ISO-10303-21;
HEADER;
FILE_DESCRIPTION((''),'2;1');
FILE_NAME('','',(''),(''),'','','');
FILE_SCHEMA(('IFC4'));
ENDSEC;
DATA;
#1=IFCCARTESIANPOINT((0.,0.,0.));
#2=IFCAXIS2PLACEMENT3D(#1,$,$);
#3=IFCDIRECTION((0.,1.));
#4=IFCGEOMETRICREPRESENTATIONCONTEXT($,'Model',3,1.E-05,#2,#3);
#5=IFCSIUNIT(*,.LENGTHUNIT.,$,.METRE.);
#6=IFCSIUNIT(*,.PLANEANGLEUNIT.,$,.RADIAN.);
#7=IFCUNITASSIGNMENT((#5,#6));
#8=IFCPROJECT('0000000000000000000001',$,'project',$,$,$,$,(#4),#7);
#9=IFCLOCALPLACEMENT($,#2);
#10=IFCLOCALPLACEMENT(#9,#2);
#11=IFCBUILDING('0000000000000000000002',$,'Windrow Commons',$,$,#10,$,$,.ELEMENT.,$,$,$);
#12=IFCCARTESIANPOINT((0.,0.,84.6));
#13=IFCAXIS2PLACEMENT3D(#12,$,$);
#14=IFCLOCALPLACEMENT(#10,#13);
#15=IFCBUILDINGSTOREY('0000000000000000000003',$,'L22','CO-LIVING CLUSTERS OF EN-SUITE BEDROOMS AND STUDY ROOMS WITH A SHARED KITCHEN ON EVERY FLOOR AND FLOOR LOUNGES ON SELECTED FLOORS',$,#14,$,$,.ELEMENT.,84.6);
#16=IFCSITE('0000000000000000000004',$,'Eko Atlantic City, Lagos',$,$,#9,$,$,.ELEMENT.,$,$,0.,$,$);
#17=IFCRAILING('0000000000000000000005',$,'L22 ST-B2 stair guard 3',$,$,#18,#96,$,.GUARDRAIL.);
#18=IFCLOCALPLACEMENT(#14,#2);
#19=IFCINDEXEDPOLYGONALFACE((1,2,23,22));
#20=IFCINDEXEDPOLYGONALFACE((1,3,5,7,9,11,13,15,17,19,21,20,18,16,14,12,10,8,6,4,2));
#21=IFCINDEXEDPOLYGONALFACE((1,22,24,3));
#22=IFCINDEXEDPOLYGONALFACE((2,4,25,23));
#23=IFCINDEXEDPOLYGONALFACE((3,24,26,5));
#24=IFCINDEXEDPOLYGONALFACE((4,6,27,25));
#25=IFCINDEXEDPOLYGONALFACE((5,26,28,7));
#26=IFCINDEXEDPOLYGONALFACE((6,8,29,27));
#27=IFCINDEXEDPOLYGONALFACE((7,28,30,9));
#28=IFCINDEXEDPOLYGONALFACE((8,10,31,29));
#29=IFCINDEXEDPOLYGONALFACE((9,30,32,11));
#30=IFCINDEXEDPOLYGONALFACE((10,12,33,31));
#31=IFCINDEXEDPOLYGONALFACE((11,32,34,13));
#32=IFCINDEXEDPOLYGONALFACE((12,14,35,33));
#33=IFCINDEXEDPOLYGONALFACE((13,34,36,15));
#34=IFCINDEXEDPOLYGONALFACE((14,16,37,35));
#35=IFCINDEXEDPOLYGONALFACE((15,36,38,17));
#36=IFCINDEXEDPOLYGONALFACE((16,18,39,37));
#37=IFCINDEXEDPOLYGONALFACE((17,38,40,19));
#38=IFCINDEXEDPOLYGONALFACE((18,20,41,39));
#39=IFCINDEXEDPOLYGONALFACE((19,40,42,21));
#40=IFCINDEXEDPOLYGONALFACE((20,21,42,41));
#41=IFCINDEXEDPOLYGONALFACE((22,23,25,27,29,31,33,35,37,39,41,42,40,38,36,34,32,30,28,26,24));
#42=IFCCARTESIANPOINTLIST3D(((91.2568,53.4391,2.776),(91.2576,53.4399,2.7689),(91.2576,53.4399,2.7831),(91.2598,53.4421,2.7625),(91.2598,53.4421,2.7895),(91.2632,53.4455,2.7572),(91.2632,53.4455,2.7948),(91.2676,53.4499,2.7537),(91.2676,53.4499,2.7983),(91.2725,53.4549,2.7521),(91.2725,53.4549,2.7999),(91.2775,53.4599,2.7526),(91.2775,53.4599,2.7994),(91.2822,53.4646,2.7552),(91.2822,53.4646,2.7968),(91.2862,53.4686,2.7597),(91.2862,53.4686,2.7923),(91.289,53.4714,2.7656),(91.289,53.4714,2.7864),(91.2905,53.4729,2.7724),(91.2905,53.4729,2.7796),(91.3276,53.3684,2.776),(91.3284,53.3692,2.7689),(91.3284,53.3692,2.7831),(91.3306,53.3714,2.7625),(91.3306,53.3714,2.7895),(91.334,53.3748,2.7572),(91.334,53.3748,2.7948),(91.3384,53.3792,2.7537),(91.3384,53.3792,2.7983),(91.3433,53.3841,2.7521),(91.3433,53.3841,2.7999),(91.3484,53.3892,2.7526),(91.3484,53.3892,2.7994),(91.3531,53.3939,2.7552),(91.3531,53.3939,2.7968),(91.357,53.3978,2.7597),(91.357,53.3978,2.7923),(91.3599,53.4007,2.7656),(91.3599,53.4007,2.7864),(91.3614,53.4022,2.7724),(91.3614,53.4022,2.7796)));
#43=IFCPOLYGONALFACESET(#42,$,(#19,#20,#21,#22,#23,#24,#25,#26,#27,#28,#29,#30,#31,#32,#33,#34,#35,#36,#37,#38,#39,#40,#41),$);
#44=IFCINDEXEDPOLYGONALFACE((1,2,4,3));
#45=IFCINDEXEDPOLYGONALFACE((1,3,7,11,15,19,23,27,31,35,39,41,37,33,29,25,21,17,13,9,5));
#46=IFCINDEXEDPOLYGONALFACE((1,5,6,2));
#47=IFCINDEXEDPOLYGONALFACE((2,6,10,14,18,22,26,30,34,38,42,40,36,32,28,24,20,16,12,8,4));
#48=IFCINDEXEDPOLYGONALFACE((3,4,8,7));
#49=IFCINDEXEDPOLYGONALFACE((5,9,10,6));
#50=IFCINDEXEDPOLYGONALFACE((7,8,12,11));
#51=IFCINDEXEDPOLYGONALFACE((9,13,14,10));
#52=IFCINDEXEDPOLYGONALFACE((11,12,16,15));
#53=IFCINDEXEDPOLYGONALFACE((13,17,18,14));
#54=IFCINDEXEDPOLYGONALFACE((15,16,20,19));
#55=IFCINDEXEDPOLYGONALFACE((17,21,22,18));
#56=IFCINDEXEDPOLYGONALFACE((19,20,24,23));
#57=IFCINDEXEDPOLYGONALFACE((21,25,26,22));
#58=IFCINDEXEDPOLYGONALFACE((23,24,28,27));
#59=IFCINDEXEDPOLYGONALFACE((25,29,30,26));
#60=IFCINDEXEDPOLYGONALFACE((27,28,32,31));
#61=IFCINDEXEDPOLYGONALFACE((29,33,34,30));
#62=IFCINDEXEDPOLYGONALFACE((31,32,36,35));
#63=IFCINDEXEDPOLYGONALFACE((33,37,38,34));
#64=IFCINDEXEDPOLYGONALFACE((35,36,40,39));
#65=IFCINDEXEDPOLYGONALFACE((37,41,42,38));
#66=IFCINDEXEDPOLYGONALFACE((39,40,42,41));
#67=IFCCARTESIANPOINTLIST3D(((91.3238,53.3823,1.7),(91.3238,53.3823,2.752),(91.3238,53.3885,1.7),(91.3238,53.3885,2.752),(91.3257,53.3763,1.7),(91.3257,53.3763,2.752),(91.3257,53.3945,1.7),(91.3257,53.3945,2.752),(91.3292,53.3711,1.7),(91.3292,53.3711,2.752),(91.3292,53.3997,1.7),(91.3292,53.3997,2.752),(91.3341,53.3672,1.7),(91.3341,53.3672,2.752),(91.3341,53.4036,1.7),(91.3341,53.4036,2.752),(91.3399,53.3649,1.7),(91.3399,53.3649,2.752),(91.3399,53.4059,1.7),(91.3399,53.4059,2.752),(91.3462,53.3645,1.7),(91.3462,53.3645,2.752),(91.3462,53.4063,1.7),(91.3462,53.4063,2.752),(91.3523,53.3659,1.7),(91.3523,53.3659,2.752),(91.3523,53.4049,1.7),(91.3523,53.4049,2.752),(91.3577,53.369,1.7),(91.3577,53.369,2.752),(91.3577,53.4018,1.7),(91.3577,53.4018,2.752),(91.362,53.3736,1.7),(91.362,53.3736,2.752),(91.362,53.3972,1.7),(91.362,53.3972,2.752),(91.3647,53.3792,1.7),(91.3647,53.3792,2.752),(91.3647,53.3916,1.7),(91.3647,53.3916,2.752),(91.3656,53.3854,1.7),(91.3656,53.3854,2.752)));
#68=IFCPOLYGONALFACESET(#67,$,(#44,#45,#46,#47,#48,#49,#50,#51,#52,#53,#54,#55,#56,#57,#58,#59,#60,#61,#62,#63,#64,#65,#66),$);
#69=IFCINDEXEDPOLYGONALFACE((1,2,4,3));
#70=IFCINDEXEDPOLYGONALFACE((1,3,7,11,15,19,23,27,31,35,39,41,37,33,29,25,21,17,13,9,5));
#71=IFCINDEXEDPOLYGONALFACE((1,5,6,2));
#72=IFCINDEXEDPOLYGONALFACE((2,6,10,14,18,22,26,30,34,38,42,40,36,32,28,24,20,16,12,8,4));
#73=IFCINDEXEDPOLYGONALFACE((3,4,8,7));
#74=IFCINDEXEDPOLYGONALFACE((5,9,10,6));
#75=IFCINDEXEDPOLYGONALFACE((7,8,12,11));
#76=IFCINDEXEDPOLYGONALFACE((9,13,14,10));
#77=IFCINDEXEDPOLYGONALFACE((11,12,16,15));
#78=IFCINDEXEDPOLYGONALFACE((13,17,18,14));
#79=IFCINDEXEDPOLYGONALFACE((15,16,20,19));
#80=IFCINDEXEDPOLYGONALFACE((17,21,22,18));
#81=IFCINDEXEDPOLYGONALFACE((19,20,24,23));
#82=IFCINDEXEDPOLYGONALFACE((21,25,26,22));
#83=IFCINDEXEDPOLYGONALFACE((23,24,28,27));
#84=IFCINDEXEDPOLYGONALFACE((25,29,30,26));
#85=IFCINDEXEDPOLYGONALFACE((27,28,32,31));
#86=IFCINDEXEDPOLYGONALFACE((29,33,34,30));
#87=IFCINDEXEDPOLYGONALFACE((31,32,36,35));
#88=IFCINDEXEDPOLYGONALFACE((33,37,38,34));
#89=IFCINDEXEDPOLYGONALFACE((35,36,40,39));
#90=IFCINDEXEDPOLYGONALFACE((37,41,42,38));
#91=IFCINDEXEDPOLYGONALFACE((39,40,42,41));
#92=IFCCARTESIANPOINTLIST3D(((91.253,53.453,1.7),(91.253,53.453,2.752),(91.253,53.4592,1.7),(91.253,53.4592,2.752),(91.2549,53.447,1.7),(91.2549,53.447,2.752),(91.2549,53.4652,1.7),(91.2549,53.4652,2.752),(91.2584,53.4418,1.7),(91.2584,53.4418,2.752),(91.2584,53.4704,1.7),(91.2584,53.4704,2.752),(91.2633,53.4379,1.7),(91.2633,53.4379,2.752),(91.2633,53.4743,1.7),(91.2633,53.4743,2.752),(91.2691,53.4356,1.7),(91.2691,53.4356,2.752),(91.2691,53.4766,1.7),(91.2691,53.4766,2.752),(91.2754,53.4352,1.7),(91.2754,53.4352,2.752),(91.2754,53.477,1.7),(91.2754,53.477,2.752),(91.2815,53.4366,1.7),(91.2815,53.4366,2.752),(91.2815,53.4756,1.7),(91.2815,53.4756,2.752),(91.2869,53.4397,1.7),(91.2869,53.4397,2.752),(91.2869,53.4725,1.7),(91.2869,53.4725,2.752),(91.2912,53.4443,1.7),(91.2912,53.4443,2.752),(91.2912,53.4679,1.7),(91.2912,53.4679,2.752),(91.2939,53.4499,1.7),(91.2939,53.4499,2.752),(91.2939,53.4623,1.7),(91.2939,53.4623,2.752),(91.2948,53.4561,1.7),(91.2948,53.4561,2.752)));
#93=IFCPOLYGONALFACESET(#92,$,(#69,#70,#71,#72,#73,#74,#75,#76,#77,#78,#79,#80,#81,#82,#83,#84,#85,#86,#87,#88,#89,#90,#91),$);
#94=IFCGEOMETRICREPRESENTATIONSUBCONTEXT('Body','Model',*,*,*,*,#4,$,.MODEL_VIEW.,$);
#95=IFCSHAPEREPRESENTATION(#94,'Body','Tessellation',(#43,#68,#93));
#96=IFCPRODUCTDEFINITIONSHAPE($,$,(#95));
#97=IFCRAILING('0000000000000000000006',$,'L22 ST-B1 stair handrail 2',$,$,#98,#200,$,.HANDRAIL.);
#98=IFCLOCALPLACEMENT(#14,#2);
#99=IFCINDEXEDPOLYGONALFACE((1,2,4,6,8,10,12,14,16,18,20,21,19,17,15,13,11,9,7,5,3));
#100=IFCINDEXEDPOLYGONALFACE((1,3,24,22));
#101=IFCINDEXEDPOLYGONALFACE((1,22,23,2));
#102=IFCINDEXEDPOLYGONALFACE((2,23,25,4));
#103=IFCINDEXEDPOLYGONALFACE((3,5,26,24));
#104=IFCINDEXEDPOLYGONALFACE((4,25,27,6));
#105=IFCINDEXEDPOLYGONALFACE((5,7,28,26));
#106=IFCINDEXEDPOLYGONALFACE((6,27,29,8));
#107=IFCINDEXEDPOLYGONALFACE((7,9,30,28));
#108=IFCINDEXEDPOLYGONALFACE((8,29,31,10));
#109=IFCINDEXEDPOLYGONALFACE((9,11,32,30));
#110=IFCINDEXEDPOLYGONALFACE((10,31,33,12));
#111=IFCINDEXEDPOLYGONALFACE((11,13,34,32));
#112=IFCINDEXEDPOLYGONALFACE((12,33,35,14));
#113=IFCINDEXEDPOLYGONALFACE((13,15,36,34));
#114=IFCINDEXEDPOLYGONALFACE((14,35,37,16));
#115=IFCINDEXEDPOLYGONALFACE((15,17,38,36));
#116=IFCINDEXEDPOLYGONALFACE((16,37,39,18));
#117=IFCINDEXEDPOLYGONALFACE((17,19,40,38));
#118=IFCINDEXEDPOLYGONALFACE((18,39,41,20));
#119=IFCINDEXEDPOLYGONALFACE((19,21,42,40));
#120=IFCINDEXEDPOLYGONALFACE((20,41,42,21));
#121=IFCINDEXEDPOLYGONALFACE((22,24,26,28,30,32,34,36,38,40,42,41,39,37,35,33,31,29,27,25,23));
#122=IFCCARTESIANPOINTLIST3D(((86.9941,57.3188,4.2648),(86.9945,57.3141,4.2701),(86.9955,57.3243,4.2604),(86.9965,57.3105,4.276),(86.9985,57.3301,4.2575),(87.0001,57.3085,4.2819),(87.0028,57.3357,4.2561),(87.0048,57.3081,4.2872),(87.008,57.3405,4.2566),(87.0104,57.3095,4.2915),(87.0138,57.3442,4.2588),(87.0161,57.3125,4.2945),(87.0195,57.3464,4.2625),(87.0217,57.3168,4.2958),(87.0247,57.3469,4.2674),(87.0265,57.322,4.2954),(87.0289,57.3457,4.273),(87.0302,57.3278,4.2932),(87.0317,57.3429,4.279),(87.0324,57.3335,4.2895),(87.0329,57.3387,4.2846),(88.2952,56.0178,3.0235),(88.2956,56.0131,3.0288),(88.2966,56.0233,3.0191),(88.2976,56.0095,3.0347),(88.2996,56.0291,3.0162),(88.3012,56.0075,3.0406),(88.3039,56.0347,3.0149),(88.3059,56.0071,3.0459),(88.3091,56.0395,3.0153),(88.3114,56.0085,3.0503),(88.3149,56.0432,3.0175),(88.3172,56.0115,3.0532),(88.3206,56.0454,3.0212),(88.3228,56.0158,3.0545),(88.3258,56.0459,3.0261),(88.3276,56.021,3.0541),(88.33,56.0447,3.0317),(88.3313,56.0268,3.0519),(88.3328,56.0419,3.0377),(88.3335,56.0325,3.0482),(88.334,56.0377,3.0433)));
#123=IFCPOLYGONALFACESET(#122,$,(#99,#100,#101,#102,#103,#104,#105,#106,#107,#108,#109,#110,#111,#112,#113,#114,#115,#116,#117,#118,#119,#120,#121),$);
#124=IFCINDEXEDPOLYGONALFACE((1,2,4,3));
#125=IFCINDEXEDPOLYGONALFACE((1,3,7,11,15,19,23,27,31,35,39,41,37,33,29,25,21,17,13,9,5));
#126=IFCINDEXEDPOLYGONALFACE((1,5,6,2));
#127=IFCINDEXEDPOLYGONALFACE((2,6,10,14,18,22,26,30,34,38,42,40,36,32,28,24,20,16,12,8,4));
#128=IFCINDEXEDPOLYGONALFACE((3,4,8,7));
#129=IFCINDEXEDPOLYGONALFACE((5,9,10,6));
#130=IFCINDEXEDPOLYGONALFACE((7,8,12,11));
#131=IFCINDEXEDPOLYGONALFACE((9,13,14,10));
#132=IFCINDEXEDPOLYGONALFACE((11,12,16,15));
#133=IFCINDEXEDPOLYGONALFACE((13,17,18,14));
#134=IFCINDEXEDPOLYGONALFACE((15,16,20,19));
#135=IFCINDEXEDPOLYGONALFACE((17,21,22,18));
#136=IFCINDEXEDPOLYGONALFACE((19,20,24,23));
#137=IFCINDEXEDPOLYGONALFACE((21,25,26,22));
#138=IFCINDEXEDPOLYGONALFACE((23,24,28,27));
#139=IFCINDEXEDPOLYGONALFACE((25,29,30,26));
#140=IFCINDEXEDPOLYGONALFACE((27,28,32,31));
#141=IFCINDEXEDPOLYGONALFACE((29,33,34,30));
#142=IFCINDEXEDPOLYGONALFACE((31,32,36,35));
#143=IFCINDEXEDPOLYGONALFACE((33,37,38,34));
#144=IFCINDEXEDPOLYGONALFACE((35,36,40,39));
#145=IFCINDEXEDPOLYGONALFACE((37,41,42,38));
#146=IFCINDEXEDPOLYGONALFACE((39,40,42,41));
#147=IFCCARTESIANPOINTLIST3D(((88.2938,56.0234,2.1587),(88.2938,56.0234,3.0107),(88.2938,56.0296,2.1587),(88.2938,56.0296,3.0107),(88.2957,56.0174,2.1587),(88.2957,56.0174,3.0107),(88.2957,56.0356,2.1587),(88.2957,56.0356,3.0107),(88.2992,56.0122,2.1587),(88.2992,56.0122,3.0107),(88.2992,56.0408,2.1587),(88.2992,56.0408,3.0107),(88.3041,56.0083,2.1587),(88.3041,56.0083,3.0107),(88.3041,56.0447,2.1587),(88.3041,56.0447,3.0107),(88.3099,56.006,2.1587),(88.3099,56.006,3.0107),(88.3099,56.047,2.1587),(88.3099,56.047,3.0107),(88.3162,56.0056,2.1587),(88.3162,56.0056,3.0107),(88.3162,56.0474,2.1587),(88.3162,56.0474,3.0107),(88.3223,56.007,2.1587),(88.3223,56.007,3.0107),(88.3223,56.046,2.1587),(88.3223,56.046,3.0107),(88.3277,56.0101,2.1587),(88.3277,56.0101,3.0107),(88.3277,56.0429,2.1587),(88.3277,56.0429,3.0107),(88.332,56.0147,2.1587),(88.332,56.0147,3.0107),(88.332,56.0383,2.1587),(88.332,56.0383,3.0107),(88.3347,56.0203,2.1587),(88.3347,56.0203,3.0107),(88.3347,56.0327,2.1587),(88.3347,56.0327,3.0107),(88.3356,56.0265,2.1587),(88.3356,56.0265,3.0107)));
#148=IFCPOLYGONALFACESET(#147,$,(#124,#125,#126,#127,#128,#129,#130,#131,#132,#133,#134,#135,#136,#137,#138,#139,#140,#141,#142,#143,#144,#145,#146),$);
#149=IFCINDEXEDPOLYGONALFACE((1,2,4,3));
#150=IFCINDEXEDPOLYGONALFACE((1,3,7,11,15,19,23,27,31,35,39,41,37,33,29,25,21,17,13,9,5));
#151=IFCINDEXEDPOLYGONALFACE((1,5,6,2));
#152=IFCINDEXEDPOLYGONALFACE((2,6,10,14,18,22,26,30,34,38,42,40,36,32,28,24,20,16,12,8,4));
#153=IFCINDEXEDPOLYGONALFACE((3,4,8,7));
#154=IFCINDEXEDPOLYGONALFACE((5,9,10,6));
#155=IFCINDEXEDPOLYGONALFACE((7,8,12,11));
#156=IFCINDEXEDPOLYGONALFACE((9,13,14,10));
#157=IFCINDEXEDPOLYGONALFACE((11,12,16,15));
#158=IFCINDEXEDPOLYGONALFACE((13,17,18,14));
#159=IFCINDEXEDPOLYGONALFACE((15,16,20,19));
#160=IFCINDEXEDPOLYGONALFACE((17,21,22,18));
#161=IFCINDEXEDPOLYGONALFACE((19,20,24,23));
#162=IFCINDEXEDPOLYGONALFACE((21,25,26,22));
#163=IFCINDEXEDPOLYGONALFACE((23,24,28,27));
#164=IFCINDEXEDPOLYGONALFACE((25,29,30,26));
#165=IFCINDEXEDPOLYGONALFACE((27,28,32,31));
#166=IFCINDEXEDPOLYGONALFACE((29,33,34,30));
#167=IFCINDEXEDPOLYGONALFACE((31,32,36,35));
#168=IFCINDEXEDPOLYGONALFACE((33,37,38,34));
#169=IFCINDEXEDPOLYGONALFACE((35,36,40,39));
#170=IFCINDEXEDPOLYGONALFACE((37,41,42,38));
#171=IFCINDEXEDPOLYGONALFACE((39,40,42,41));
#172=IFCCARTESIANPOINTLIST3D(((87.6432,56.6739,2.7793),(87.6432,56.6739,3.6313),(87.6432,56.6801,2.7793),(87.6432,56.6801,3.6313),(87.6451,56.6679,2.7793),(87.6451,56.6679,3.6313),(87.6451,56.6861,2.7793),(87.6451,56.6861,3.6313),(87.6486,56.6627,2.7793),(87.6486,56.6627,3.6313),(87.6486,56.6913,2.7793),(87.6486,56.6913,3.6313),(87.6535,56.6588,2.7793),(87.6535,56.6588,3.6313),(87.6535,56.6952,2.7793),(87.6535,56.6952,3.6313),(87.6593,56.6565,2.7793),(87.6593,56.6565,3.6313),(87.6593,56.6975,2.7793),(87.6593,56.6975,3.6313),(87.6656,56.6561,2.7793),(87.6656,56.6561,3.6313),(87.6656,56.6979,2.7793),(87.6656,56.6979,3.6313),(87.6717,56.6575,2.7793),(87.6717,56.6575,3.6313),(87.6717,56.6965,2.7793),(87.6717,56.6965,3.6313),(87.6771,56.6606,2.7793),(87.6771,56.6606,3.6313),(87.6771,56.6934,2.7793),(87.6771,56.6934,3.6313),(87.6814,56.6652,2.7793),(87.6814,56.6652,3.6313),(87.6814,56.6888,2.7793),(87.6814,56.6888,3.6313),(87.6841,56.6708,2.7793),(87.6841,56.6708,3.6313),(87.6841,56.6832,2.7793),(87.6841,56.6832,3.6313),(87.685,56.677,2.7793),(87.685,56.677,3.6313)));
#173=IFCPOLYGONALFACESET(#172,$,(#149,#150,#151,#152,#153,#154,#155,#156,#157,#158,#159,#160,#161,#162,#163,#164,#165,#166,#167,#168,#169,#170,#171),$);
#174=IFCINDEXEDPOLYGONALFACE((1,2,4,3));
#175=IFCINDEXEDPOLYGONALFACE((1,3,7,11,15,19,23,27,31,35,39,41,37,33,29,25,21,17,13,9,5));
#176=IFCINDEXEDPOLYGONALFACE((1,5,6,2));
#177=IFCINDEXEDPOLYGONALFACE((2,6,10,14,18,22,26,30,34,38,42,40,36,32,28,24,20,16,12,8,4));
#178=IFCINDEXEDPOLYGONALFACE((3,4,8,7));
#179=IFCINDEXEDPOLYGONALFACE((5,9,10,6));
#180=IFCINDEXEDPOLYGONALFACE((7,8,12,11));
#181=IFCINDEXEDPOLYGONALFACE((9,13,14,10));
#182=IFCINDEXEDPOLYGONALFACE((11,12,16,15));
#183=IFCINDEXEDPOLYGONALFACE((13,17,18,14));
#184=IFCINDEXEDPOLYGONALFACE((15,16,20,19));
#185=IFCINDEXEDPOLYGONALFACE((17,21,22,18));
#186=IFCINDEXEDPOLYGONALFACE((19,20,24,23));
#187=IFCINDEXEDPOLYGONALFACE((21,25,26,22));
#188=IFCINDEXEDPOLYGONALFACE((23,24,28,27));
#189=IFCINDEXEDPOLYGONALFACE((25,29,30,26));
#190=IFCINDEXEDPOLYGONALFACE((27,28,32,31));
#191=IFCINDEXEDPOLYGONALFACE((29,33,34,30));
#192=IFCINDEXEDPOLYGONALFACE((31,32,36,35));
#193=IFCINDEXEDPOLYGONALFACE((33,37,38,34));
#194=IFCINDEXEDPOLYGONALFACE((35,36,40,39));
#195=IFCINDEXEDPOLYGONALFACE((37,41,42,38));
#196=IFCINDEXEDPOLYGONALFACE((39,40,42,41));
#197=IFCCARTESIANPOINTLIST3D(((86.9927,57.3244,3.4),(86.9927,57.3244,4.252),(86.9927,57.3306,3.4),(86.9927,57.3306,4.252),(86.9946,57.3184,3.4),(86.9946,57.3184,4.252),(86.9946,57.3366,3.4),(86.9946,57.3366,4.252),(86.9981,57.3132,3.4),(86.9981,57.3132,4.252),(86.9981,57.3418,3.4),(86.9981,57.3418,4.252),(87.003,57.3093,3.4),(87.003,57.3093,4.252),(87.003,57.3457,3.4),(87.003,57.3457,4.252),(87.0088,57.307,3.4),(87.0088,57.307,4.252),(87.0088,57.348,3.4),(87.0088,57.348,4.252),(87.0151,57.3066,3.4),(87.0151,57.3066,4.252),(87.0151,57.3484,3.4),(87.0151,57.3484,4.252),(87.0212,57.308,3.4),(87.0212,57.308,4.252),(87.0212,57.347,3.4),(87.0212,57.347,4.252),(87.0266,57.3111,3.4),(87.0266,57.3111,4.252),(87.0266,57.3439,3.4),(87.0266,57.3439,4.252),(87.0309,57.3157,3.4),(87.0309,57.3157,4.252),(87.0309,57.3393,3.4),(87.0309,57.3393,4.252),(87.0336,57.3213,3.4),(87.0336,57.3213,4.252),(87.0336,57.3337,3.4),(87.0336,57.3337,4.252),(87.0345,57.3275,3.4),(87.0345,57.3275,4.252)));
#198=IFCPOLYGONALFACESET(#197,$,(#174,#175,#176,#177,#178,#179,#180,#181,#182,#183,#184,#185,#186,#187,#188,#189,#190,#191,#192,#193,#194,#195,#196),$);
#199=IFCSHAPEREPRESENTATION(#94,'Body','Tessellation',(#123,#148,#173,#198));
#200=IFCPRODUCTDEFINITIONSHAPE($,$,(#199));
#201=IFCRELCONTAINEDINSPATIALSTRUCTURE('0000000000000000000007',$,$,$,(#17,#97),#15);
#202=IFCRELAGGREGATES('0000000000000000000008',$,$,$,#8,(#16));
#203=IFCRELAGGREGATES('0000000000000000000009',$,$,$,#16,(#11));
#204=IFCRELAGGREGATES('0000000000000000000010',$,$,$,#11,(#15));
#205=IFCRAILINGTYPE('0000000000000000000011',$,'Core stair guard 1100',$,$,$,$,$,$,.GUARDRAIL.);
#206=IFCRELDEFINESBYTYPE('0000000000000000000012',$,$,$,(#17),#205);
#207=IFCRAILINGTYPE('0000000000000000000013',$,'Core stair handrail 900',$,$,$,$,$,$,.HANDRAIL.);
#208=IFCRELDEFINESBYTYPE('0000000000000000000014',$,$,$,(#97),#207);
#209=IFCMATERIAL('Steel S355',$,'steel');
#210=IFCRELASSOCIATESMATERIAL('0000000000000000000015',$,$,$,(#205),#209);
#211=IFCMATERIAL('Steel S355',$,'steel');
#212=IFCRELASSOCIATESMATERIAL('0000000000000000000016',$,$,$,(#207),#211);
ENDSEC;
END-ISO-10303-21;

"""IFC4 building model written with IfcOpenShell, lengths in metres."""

from ifc_helpers import new_model, si_unit, direction, frame, origin, origin_2d, place, context, subcontext, project, spatial, circle, extrude, material, type_object, element, save


model = new_model("IFC4")

# Units and contexts
model_context = context("Model", 3, precision=1e-05, world=origin(), true_north=direction((0.0, 1.0)))
body_context = subcontext(model_context, "Body", "Model", "MODEL_VIEW")
ifc_project = project(units=[si_unit("LENGTHUNIT", "METRE"), si_unit("PLANEANGLEUNIT", "RADIAN")], contexts=[model_context])

# Site, building, storey
site_placement = place(None, origin())
site = spatial("IfcSite", under=ifc_project, at=site_placement, Name="Eko Atlantic City, Lagos", CompositionType="ELEMENT", RefElevation=0.0)
building_placement = place(site_placement, origin())
building = spatial("IfcBuilding", under=site, at=building_placement, Name="Windrow Commons", CompositionType="ELEMENT")
storey_placement = place(building_placement, frame((0.0, 0.0, 84.6)))
storey = spatial("IfcBuildingStorey", under=building, at=storey_placement, Name="L22", Description="CO-LIVING CLUSTERS OF EN-SUITE BEDROOMS AND STUDY ROOMS WITH A SHARED KITCHEN ON EVERY FLOOR AND FLOOR LOUNGES ON SELECTED FLOORS", CompositionType="ELEMENT", Elevation=84.6)

# Railings
ifc_material_1 = material(Name="Steel S355", Category="steel")
railing_type_1 = type_object("IfcRailingType", Name="Core stair guard 1100", PredefinedType="GUARDRAIL", material=ifc_material_1)
railing_1_placement = place(storey_placement, frame((91.3446, 53.3854, 1.7)))
element("IfcRailing", 1, at=railing_1_placement, inside=storey, type_object=railing_type_1, Name="L22 ST-B2 stair guard 3", PredefinedType="GUARDRAIL", context=body_context, shape_type="SweptSolid", body=[
    extrude(circle(Radius=0.024, at=origin_2d()), frame((0.0, 0.0, 1.076), z_axis=(-0.707606, 0.706607, 0.0), x_axis=(-0.706607, -0.707606, 0.0)), (0.0, 0.0, 1.0), 0.1001),
    extrude(circle(Radius=0.021, at=origin_2d()), origin(), (0.0, 0.0, 1.0), 1.052),
    extrude(circle(Radius=0.021, at=origin_2d()), frame((-0.0708, 0.0707, 0.0)), (0.0, 0.0, 1.0), 1.052),
])
ifc_material_2 = material(Name="Steel S355", Category="steel")
railing_type_2 = type_object("IfcRailingType", Name="Core stair handrail 900", PredefinedType="HANDRAIL", material=ifc_material_2)
railing_2_placement = place(storey_placement, frame((88.3146, 56.0265, 2.1587)))
element("IfcRailing", 2, at=railing_2_placement, inside=storey, type_object=railing_type_2, Name="L22 ST-B1 stair handrail 2", PredefinedType="HANDRAIL", context=body_context, shape_type="SweptSolid", body=[
    extrude(circle(Radius=0.024, at=origin_2d()), frame((0.0, 0.0, 0.876), z_axis=(-0.586207, 0.586162, 0.559264), x_axis=(-0.70708, -0.707134, 0.0)), (0.0, 0.0, 1.0), 2.2195),
    extrude(circle(Radius=0.021, at=origin_2d()), origin(), (0.0, 0.0, 1.0), 0.852),
    extrude(circle(Radius=0.021, at=origin_2d()), frame((-0.6506, 0.6505, 0.6206)), (0.0, 0.0, 1.0), 0.852),
    extrude(circle(Radius=0.021, at=origin_2d()), frame((-1.3011, 1.301, 1.2413)), (0.0, 0.0, 1.0), 0.852),
])

save(model, "model.ifc")
